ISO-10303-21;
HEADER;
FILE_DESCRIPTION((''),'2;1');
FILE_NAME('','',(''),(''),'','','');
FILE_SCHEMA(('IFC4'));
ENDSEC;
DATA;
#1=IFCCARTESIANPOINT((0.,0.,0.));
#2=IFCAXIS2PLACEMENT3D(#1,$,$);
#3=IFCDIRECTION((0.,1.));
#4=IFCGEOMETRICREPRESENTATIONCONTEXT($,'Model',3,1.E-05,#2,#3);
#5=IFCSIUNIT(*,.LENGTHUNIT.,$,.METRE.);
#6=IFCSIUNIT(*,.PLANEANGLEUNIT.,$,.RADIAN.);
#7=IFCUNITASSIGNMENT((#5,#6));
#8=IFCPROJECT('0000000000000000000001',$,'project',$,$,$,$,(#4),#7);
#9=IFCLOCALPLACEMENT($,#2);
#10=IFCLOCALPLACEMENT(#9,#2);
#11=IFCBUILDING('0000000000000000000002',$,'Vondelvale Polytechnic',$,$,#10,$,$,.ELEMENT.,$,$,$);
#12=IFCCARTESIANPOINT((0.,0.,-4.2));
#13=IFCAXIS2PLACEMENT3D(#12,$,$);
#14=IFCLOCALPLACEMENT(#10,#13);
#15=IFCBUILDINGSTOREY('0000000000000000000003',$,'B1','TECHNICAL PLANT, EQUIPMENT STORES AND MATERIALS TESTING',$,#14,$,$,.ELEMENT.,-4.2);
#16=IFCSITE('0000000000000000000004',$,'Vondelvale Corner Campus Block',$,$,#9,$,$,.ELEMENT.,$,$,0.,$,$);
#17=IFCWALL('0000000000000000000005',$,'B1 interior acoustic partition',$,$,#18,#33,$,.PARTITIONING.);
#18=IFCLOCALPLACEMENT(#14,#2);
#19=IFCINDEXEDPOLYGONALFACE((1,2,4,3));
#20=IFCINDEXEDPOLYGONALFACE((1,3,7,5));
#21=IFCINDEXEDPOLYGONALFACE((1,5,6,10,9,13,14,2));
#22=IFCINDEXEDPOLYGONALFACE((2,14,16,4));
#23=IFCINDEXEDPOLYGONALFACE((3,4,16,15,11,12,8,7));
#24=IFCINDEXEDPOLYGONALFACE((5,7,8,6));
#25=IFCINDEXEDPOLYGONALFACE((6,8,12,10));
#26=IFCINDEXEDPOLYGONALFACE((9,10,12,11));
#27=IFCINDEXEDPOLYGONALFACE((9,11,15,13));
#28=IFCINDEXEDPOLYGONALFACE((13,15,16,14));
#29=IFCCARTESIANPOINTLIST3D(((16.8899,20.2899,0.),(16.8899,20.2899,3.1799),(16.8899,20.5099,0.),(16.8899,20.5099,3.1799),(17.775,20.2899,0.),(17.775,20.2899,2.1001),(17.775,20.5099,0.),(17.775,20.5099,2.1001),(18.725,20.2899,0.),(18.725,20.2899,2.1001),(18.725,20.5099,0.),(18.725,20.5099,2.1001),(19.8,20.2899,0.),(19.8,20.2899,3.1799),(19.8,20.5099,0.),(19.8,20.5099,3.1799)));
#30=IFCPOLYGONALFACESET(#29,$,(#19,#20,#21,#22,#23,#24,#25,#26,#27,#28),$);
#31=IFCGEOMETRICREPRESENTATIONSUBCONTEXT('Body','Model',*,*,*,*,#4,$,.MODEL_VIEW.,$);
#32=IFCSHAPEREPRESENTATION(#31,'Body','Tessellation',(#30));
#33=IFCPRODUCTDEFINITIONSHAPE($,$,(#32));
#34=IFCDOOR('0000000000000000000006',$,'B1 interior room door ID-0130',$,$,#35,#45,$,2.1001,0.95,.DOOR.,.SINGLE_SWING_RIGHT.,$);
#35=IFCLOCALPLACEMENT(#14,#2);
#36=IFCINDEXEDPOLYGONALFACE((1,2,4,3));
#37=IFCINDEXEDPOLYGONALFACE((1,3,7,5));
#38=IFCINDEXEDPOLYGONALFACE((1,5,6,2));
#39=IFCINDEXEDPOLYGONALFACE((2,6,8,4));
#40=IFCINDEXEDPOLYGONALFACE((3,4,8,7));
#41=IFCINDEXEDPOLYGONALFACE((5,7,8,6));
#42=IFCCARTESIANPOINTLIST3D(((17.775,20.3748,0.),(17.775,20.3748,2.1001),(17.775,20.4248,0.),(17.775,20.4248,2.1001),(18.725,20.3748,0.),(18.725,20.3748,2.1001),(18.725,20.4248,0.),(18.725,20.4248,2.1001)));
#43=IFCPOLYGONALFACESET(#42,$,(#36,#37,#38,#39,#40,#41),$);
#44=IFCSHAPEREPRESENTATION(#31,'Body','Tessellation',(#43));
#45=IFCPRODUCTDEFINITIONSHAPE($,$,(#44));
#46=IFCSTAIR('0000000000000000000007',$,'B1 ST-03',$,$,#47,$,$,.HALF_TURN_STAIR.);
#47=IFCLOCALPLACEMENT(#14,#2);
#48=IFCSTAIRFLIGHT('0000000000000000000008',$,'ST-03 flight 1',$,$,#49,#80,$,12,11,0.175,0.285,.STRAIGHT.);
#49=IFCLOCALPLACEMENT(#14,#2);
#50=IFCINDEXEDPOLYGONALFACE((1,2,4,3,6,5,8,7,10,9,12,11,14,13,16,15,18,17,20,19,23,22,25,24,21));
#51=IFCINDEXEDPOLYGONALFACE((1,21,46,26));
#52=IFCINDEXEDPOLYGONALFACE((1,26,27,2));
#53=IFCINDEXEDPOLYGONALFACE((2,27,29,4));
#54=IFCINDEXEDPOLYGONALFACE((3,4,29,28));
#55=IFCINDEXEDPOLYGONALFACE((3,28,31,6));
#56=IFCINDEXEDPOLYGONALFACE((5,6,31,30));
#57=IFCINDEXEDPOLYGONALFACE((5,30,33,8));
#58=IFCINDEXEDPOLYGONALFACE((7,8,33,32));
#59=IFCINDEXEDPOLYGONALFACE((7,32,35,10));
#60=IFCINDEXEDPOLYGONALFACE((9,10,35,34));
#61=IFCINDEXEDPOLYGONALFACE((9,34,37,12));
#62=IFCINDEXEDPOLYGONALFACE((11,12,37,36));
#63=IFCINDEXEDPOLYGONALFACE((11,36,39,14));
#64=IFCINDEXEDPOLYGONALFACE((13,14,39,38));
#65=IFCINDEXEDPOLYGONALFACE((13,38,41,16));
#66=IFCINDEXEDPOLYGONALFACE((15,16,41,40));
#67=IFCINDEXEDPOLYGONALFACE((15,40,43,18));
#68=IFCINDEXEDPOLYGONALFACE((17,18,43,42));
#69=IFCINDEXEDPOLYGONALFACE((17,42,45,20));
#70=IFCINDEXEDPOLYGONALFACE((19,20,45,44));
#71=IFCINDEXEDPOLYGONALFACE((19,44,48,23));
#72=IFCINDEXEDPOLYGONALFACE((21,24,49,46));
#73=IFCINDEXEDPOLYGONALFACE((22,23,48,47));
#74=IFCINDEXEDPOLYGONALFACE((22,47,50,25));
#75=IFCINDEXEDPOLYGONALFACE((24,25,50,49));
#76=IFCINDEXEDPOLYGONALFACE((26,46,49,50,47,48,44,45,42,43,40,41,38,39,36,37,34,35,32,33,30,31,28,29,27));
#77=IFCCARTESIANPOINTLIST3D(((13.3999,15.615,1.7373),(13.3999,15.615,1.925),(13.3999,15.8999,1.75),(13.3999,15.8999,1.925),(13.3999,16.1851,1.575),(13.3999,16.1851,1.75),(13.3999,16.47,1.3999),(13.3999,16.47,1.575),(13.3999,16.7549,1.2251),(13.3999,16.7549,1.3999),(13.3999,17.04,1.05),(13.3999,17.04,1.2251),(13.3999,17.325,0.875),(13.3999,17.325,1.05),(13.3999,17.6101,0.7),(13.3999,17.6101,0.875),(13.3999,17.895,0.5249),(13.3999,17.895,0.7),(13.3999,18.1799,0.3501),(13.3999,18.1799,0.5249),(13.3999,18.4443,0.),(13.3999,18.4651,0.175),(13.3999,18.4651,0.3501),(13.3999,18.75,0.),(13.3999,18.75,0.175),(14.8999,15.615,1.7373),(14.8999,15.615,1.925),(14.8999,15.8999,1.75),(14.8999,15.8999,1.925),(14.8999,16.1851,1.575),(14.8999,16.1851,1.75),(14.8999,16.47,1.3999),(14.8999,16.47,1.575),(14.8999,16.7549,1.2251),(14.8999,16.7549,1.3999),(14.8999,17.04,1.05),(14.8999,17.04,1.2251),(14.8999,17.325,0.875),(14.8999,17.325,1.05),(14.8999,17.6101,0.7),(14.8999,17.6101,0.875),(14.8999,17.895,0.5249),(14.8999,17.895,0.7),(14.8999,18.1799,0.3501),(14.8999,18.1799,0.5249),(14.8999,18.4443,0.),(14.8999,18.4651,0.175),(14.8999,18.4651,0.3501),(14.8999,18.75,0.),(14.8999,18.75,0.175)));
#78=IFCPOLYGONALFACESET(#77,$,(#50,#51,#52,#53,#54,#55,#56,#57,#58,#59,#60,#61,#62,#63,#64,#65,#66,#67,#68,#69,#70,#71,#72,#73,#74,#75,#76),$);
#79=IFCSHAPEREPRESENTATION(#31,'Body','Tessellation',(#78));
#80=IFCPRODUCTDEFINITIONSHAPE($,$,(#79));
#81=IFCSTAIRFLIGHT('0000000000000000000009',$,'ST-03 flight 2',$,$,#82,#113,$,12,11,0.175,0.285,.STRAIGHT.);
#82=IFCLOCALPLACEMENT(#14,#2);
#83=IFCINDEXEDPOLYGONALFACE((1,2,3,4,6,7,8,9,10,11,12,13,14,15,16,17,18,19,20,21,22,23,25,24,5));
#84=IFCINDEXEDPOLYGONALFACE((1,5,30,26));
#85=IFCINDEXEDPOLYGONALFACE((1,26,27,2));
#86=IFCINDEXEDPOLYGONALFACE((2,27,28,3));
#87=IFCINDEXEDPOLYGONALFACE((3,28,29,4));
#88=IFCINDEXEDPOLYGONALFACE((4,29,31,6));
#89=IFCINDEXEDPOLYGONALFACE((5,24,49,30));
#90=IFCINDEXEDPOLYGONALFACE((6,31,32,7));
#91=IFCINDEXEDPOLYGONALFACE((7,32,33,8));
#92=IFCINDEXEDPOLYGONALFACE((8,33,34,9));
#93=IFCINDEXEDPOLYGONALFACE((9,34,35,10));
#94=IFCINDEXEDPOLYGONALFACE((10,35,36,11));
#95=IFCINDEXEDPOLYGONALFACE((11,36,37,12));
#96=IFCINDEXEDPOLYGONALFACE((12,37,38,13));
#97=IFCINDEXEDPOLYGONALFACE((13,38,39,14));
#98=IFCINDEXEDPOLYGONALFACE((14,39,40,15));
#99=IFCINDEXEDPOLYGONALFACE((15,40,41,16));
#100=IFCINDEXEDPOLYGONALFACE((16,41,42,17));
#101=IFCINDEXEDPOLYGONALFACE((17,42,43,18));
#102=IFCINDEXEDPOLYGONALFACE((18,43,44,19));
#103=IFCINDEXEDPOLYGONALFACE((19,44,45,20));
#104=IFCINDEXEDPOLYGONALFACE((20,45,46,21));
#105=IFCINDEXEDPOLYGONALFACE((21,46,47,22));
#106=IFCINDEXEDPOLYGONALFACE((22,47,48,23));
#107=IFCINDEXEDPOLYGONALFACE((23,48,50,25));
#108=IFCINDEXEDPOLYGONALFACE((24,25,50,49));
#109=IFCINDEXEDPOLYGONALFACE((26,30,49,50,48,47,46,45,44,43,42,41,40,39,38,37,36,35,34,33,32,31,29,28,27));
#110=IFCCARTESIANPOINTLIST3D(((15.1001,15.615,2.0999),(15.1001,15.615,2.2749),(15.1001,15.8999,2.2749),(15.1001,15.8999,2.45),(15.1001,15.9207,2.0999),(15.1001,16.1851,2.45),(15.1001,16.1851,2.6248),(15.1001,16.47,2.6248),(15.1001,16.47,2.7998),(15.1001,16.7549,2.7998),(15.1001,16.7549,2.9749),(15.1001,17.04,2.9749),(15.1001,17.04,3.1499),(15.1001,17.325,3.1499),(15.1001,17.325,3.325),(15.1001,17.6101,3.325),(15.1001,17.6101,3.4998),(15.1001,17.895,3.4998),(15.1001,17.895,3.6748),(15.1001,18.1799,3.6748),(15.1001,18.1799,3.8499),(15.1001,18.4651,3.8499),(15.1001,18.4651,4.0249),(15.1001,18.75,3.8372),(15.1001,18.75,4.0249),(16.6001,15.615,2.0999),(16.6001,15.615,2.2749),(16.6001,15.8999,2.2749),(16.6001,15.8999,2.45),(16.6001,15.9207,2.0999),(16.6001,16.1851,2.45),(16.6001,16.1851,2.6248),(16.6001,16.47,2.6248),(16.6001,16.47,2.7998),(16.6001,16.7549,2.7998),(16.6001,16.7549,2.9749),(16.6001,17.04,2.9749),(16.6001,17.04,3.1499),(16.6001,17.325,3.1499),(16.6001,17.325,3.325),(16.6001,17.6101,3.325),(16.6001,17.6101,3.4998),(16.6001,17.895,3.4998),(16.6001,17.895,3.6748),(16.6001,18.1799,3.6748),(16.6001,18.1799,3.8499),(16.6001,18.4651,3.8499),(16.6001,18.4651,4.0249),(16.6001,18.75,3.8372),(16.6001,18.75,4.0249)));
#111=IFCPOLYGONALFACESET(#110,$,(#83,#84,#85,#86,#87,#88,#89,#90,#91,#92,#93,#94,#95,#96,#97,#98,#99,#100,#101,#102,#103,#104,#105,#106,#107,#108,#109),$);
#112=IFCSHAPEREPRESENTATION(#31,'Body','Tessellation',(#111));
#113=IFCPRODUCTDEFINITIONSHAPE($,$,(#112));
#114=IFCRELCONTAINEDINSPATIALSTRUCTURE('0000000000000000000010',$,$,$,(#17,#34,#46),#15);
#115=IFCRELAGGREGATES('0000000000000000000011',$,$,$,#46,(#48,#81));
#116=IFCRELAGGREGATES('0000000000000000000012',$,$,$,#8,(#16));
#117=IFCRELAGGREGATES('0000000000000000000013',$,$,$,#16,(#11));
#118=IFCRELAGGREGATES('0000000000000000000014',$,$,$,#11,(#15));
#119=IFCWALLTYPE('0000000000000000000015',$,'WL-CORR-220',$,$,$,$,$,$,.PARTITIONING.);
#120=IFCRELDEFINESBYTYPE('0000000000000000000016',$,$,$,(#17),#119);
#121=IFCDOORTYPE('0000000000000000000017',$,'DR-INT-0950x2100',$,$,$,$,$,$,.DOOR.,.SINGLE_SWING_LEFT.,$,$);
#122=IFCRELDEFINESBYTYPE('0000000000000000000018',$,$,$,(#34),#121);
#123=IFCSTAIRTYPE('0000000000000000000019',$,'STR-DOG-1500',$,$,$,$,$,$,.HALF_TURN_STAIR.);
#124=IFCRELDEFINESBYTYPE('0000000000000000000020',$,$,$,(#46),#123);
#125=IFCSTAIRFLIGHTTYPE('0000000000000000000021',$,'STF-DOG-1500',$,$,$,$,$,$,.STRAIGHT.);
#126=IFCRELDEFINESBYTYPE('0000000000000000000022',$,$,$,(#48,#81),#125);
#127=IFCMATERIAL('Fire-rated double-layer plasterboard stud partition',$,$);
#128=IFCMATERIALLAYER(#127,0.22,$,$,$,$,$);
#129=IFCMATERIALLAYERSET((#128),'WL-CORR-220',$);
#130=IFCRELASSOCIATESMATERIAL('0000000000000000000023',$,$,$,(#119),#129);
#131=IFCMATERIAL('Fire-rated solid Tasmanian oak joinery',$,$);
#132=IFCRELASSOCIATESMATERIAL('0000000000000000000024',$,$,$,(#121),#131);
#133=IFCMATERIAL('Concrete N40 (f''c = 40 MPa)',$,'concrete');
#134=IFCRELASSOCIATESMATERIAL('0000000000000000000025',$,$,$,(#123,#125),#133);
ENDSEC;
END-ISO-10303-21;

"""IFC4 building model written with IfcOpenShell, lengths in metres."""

from ifc_helpers import new_model, si_unit, direction, frame, frame_2d, origin, place, context, subcontext, project, spatial, polyline, rectangle, outline, extrude, material, layer, layer_set, type_object, element, fill, aggregate, save


model = new_model("IFC4")

# Units and contexts
model_context = context("Model", 3, precision=1e-05, world=origin(), true_north=direction((0.0, 1.0)))
body_context = subcontext(model_context, "Body", "Model", "MODEL_VIEW")
ifc_project = project(units=[si_unit("LENGTHUNIT", "METRE"), si_unit("PLANEANGLEUNIT", "RADIAN")], contexts=[model_context])

# Site, building, storey
site_placement = place(None, origin())
site = spatial("IfcSite", under=ifc_project, at=site_placement, Name="Vondelvale Corner Campus Block", CompositionType="ELEMENT", RefElevation=0.0)
building_placement = place(site_placement, origin())
building = spatial("IfcBuilding", under=site, at=building_placement, Name="Vondelvale Polytechnic", CompositionType="ELEMENT")
storey_placement = place(building_placement, frame((0.0, 0.0, -4.2)))
storey = spatial("IfcBuildingStorey", under=building, at=storey_placement, Name="B1", Description="TECHNICAL PLANT, EQUIPMENT STORES AND MATERIALS TESTING", CompositionType="ELEMENT", Elevation=-4.2)

# Shared definitions
ifc_material_1 = material(Name="Concrete N40 (f'c = 40 MPa)", Category="concrete")

# Shared definitions
ifc_material_2 = material(Name="Fire-rated double-layer plasterboard stud partition")

# Wall, opening, door
ifc_layer_1 = layer(ifc_material_2, 0.22)
ifc_layer_set_1 = layer_set([ifc_layer_1], Name="WL-CORR-220")
wall_type_1 = type_object("IfcWallType", Name="WL-CORR-220", PredefinedType="PARTITIONING", material=ifc_layer_set_1)
wall_1_placement = place(storey_placement, frame((16.8899, 20.3999, 0.0), z_axis=(0.0, 0.0, 1.0), x_axis=(1.0, 0.0, 0.0)))
wall_1 = element("IfcWall", 1, at=wall_1_placement, inside=storey, type_object=wall_type_1, Name="B1 interior acoustic partition", PredefinedType="PARTITIONING", context=body_context, shape_type="SweptSolid", body=[
    extrude(rectangle(XDim=2.9102, YDim=0.22, at=frame_2d((1.4551, 0.0))), origin(), (0.0, 0.0, 1.0), 3.1799),
])
opening_1_placement = place(wall_1_placement, frame((0.885, 0.0, 0.0)))
opening_1 = element("IfcOpeningElement", 2, at=opening_1_placement, cuts=wall_1, PredefinedType="OPENING", context=body_context, shape_type="SweptSolid", body=[
    extrude(rectangle(XDim=0.95, YDim=2.1001, at=frame_2d((0.4751, 1.05))), frame((0.0, 0.1199, 0.0), z_axis=(0.0, -1.0, 0.0), x_axis=(1.0, 0.0, 0.0)), (0.0, 0.0, 1.0), 0.24),
])
ifc_material_3 = material(Name="Fire-rated solid Tasmanian oak joinery")
door_type_1 = type_object("IfcDoorType", Name="DR-INT-0950x2100", OperationType="SINGLE_SWING_LEFT", PredefinedType="DOOR", material=ifc_material_3)
door_1_placement = place(opening_1_placement, origin())
door_1 = element("IfcDoor", 3, at=door_1_placement, inside=storey, type_object=door_type_1, Name="B1 interior room door ID-0130", OperationType="SINGLE_SWING_RIGHT", OverallHeight=2.1001, OverallWidth=0.95, PredefinedType="DOOR", context=body_context, shape_type="SweptSolid", body=[
    extrude(rectangle(XDim=0.95, YDim=2.1001, at=frame_2d((0.4751, 1.05))), frame((0.0, 0.0249, 0.0), z_axis=(0.0, -1.0, 0.0), x_axis=(1.0, 0.0, 0.0)), (0.0, 0.0, 1.0), 0.05),
])
fill(opening_1, door_1)

# Stair, stair flights
stair_type = type_object("IfcStairType", Name="STR-DOG-1500", PredefinedType="HALF_TURN_STAIR", material=ifc_material_1)
stair_placement = place(storey_placement, origin())
stair = element("IfcStair", 4, at=stair_placement, inside=storey, type_object=stair_type, Name="B1 ST-03", PredefinedType="HALF_TURN_STAIR")
stair_flight_type = type_object("IfcStairFlightType", Name="STF-DOG-1500", PredefinedType="STRAIGHT", material=ifc_material_1)
stair_flight_1_placement = place(storey_placement, frame((14.1499, 18.75, 0.0), z_axis=(0.0, 0.0, 1.0), x_axis=(0.0, -1.0, 0.0)))
stair_flight_1 = element("IfcStairFlight", 5, at=stair_flight_1_placement, type_object=stair_flight_type, Name="ST-03 flight 1", NumberOfRisers=12, NumberOfTreads=11, PredefinedType="STRAIGHT", RiserHeight=0.175, TreadLength=0.285, context=body_context, shape_type="SweptSolid", body=[
    extrude(outline(polyline([(0.0, 0.0), (0.0, 0.175), (0.2849, 0.175), (0.2849, 0.3501), (0.5701, 0.3501), (0.5701, 0.5249), (0.855, 0.5249), (0.855, 0.7), (1.1399, 0.7), (1.1399, 0.875), (1.425, 0.875), (1.425, 1.05), (1.71, 1.05), (1.71, 1.2251), (1.9951, 1.2251), (1.9951, 1.3999), (2.28, 1.3999), (2.28, 1.575), (2.5649, 1.575), (2.5649, 1.75), (2.8501, 1.75), (2.8501, 1.925), (3.135, 1.925), (3.135, 2.1001), (3.135, 1.7373), (0.3057, 0.0), (0.0, 0.0)])), frame((0.0, 0.75, 0.0), z_axis=(0.0, -1.0, 0.0), x_axis=(1.0, 0.0, 0.0)), (0.0, 0.0, 1.0), 1.5),
])
stair_flight_2_placement = place(storey_placement, frame((15.8501, 15.615, 2.0999), z_axis=(0.0, 0.0, 1.0), x_axis=(0.0, 1.0, 0.0)))
stair_flight_2 = element("IfcStairFlight", 6, at=stair_flight_2_placement, type_object=stair_flight_type, Name="ST-03 flight 2", NumberOfRisers=12, NumberOfTreads=11, PredefinedType="STRAIGHT", RiserHeight=0.175, TreadLength=0.285, context=body_context, shape_type="SweptSolid", body=[
    extrude(outline(polyline([(0.0, 0.0), (0.0, 0.175), (0.2849, 0.175), (0.2849, 0.3501), (0.5701, 0.3501), (0.5701, 0.5249), (0.855, 0.5249), (0.855, 0.7), (1.1399, 0.7), (1.1399, 0.875), (1.425, 0.875), (1.425, 1.05), (1.71, 1.05), (1.71, 1.2251), (1.9951, 1.2251), (1.9951, 1.3999), (2.28, 1.3999), (2.28, 1.575), (2.5649, 1.575), (2.5649, 1.75), (2.8501, 1.75), (2.8501, 1.925), (3.135, 1.925), (3.135, 2.1001), (3.135, 1.7373), (0.3057, 0.0), (0.0, 0.0)])), frame((0.0, 0.75, 0.0), z_axis=(0.0, -1.0, 0.0), x_axis=(1.0, 0.0, 0.0)), (0.0, 0.0, 1.0), 1.5),
])
aggregate(stair, [stair_flight_1, stair_flight_2])

save(model, "model.ifc")
